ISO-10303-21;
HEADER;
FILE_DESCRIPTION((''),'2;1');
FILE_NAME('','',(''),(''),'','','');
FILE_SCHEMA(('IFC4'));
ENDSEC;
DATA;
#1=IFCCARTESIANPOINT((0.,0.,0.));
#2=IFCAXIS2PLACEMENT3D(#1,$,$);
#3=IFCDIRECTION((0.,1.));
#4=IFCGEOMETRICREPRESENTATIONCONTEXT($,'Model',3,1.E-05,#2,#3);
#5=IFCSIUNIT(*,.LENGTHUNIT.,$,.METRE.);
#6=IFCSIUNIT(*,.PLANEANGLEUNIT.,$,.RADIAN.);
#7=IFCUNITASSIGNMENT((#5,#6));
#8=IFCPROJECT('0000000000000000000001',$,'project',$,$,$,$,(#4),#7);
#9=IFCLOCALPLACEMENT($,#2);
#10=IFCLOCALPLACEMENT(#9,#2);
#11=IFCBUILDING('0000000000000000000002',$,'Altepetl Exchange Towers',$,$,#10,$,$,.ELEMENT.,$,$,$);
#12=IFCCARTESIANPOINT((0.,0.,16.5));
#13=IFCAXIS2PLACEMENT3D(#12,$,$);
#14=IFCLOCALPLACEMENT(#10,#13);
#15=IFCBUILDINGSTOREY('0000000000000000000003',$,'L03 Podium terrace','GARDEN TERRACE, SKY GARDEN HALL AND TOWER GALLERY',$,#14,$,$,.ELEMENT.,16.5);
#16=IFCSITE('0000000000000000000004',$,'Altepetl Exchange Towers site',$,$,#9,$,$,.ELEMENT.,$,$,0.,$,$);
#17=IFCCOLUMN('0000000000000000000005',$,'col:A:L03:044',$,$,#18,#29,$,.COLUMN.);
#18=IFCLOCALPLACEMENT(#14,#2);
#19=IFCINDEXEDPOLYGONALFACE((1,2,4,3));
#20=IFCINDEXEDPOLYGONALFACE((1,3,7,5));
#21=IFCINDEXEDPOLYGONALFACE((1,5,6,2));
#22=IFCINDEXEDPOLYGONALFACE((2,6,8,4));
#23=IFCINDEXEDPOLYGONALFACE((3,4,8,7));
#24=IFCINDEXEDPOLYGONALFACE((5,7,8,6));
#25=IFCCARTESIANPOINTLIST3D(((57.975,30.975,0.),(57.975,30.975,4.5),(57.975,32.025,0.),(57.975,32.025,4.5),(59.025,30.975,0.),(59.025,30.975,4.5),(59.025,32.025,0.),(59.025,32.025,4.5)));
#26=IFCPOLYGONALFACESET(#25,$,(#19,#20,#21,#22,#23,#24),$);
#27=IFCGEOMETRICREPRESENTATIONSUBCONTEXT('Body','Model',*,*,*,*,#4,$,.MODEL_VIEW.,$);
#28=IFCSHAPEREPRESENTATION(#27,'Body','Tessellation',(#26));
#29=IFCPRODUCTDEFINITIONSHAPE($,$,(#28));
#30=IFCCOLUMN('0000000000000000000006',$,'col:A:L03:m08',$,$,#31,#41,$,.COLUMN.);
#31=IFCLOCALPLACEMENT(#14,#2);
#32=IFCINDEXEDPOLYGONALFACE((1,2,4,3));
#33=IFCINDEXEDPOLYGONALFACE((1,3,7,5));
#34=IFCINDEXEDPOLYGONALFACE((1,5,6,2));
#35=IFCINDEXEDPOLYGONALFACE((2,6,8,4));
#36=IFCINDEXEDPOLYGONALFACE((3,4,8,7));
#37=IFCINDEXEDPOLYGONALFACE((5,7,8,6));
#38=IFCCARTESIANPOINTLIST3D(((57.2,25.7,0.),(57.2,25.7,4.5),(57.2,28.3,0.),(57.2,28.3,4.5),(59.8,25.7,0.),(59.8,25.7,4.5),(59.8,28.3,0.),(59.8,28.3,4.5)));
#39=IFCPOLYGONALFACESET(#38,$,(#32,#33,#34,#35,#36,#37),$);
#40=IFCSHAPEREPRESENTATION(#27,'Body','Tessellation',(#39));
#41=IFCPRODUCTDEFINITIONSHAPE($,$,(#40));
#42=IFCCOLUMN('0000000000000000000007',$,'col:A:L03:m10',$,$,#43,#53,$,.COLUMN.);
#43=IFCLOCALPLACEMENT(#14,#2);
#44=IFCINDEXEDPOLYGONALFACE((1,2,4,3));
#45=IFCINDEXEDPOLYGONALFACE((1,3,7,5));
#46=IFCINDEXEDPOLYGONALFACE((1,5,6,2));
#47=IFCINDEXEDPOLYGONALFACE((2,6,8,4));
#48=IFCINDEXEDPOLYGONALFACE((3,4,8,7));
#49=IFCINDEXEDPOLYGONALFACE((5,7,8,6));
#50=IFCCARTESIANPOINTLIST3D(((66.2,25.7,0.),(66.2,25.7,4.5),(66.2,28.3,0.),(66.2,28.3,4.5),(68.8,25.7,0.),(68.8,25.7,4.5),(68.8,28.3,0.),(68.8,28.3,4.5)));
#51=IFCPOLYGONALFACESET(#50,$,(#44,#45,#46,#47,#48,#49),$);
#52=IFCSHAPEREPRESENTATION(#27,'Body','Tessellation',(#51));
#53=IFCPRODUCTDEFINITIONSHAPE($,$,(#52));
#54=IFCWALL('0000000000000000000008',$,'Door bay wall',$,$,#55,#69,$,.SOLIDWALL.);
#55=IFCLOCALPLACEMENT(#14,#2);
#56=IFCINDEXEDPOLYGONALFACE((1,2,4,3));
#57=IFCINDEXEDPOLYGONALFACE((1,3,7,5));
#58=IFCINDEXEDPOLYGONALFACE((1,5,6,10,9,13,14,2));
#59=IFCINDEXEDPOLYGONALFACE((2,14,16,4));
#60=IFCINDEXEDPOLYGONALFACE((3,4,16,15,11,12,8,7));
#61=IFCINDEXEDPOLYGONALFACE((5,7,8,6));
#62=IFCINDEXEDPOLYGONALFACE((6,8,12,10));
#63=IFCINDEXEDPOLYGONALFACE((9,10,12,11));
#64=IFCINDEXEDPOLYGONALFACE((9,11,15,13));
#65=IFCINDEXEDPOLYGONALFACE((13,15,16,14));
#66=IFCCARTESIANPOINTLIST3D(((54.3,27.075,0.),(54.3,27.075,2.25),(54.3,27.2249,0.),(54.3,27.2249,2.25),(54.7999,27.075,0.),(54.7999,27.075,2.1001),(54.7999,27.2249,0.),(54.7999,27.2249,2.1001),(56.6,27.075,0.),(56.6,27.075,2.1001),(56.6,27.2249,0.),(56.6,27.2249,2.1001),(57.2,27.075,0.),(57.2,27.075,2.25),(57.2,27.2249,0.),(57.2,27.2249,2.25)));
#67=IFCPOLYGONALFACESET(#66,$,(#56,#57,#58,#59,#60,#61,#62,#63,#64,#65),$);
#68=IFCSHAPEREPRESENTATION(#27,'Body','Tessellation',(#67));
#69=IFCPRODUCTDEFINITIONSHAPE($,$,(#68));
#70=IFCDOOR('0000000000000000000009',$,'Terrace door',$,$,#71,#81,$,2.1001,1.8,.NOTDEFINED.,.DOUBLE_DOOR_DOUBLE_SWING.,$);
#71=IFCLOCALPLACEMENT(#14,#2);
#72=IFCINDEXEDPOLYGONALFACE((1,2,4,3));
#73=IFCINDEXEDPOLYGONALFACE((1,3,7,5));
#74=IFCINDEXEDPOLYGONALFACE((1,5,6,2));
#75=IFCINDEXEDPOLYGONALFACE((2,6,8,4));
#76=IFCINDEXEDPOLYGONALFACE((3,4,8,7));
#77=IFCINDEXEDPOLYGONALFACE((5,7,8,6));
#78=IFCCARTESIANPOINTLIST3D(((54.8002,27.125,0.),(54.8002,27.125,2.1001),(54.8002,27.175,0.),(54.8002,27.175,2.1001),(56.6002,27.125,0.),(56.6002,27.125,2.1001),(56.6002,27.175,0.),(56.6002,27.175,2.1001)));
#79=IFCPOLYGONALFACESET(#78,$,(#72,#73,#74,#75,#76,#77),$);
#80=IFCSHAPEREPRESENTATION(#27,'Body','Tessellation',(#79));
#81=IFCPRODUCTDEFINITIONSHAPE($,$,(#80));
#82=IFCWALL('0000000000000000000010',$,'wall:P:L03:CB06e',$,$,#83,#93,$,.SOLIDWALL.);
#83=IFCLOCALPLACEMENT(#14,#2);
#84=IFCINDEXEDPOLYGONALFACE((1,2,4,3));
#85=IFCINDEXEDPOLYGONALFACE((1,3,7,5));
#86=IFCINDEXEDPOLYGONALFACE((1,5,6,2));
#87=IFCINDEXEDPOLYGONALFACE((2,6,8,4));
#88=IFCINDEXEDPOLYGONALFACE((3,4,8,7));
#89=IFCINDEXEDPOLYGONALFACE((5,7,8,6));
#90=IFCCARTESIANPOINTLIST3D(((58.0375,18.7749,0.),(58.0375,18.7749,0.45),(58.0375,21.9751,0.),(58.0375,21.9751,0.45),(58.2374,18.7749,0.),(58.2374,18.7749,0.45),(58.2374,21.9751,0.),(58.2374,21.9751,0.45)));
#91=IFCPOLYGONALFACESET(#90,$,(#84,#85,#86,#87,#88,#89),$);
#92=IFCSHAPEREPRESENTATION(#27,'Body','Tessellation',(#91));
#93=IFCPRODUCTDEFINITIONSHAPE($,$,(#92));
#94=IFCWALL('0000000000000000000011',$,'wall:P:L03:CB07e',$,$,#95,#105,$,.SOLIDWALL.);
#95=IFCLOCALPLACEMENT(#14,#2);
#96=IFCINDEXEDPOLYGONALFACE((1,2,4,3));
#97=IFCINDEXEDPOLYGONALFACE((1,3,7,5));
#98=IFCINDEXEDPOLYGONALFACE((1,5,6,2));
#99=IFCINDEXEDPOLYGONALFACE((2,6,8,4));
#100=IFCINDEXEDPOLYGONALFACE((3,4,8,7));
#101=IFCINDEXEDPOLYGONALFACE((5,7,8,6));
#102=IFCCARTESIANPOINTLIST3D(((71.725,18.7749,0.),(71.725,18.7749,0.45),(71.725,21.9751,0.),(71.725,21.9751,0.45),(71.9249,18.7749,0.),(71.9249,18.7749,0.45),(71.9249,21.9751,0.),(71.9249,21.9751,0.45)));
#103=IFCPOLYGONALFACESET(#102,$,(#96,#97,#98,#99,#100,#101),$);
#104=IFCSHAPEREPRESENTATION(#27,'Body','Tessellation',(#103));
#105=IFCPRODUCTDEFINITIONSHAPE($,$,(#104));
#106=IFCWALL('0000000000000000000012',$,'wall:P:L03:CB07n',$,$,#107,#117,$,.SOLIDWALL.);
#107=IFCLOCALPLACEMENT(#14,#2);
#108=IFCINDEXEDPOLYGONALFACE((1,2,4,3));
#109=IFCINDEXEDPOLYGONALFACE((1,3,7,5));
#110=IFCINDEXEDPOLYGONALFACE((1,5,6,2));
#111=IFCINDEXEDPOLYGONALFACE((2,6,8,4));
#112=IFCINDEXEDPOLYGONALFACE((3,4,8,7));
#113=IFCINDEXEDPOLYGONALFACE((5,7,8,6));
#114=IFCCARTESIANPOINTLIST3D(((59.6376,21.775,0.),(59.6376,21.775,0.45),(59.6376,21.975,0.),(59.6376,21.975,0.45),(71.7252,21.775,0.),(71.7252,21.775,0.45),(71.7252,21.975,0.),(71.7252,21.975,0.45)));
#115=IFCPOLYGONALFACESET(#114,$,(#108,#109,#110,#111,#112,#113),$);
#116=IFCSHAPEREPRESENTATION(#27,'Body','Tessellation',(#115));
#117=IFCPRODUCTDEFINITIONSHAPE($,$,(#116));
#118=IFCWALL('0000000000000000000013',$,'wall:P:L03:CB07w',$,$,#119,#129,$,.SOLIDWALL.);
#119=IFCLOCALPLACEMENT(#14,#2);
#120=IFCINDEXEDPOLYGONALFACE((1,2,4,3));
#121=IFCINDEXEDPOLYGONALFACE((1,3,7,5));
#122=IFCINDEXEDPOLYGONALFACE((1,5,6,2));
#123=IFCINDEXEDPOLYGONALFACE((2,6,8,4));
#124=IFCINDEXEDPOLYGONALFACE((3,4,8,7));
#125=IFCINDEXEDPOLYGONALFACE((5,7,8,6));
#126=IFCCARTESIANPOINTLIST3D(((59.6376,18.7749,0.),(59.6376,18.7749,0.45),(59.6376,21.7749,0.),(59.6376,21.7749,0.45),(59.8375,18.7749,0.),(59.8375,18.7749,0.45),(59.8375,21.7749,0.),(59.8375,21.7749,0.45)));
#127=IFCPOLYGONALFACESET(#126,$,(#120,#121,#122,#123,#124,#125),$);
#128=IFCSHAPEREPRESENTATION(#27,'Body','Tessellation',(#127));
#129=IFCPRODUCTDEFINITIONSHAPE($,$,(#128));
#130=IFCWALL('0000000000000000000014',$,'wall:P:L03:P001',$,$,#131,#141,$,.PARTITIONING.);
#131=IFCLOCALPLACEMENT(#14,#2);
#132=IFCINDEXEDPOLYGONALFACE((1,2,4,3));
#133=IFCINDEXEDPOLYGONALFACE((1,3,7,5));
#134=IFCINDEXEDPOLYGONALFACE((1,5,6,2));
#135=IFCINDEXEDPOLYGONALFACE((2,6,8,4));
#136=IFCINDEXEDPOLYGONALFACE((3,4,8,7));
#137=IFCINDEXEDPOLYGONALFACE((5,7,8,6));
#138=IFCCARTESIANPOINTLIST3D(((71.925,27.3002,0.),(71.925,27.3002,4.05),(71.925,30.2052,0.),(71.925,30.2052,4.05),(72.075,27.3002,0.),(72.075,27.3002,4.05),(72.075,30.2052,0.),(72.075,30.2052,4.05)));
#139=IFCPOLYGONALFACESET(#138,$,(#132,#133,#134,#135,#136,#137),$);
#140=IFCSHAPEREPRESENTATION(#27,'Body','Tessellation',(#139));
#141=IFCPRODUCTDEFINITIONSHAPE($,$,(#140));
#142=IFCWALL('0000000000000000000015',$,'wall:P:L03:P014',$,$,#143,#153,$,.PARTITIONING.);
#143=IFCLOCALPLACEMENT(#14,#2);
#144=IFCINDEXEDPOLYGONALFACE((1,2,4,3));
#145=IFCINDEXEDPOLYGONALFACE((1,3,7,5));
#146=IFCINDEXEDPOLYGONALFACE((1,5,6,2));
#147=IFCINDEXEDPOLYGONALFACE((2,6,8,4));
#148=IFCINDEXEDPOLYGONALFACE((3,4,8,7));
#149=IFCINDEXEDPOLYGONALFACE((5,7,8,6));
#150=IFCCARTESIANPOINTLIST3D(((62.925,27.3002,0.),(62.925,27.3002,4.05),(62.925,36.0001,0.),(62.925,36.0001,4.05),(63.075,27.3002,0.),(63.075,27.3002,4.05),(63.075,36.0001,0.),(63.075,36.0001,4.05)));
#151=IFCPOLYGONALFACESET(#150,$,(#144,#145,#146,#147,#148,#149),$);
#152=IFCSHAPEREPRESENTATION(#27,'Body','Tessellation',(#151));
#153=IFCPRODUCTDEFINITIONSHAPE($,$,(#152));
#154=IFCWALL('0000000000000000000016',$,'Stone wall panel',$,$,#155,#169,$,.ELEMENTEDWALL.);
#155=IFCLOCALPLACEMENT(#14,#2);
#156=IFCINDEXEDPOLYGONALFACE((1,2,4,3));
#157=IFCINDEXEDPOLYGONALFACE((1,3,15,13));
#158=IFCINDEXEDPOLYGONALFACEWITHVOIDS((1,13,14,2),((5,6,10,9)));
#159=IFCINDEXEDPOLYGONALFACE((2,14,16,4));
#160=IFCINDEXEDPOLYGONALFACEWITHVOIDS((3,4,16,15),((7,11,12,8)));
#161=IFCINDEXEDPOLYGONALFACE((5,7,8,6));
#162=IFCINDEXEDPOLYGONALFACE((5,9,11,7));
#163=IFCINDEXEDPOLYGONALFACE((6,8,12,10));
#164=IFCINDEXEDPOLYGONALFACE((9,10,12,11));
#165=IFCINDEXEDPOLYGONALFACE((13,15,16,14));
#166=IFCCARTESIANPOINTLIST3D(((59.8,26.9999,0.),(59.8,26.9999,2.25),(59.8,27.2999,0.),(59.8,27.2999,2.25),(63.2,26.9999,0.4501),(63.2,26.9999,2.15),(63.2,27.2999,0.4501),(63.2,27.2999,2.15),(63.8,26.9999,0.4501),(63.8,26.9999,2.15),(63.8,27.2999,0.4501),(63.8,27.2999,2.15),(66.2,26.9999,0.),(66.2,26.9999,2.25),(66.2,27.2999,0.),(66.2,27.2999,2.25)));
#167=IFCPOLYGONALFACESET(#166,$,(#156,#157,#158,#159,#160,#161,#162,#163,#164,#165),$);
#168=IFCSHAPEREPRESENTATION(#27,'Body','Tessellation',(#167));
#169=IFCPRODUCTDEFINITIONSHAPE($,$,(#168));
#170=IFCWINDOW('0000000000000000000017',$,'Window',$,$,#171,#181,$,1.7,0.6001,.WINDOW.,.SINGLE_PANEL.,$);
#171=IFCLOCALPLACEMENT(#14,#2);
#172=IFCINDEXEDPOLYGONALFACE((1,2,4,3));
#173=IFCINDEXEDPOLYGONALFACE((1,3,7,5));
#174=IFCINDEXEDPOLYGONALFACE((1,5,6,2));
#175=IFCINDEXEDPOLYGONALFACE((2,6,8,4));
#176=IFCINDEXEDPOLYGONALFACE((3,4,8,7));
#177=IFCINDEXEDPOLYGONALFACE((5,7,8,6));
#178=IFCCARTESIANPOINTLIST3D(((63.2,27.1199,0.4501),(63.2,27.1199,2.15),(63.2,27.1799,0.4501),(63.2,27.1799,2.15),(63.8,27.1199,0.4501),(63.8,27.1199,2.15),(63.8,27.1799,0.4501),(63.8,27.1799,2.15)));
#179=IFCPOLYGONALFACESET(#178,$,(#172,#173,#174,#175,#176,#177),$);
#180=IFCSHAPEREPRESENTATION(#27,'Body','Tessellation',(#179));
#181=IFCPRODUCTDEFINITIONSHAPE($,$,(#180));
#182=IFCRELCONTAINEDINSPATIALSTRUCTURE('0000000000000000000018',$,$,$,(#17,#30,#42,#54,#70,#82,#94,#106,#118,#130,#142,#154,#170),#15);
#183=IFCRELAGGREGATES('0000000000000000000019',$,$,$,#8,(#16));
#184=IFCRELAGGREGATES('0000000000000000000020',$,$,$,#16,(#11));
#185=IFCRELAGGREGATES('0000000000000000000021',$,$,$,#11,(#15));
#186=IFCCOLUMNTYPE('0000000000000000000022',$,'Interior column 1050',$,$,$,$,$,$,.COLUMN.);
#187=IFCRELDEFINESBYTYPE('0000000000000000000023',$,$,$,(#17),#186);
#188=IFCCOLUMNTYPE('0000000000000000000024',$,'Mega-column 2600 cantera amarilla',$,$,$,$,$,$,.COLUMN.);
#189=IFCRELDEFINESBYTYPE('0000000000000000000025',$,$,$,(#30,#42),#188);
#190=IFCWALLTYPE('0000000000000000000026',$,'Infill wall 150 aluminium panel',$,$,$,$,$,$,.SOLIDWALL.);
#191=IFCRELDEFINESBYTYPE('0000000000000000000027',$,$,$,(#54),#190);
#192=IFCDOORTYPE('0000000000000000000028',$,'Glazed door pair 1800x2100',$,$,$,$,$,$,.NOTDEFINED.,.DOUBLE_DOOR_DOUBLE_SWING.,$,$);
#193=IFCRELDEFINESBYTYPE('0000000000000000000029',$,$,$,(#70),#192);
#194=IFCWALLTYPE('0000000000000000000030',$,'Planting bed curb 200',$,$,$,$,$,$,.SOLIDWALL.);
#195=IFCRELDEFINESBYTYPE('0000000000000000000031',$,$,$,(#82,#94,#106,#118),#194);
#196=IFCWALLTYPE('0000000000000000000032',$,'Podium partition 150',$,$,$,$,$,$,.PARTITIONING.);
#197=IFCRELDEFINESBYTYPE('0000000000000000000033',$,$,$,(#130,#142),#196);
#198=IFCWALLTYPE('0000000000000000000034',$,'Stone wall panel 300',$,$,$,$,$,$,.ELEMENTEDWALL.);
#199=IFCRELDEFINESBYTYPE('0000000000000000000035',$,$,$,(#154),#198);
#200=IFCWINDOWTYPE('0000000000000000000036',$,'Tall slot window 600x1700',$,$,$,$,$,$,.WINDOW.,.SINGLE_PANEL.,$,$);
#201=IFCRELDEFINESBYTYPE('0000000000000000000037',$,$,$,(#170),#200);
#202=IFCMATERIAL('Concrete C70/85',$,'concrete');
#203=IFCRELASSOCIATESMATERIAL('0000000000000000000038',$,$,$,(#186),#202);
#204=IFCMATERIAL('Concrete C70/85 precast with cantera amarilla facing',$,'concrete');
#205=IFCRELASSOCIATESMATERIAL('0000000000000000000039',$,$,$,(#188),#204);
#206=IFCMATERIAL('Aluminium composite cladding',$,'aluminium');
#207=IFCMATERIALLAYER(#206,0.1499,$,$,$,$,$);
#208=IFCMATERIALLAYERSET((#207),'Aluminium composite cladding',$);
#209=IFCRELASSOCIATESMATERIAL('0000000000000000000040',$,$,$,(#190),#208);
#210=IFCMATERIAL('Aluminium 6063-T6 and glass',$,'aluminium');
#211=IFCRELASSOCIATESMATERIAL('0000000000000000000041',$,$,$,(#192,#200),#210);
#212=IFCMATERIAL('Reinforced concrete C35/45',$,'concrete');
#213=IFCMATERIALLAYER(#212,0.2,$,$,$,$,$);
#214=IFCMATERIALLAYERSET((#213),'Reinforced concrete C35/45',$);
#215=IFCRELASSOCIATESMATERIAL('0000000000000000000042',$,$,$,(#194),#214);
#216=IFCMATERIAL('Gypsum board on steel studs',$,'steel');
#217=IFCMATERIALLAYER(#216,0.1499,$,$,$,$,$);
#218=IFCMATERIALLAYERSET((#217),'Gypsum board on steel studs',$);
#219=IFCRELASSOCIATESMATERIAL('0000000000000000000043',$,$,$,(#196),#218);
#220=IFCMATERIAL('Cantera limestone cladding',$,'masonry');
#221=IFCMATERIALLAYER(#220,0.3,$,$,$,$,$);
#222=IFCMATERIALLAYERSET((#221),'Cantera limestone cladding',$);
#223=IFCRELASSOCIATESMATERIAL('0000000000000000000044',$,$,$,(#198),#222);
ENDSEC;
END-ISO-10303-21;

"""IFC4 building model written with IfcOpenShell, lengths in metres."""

from ifc_helpers import new_model, si_unit, direction, frame, frame_2d, origin, origin_2d, place, context, subcontext, project, spatial, rectangle, extrude, material, layer, layer_set, material_profile, profile_set, type_object, element, fill, save


model = new_model("IFC4")

# Units and contexts
model_context = context("Model", 3, precision=1e-05, world=origin(), true_north=direction((0.0, 1.0)))
body_context = subcontext(model_context, "Body", "Model", "MODEL_VIEW")
ifc_project = project(units=[si_unit("LENGTHUNIT", "METRE"), si_unit("PLANEANGLEUNIT", "RADIAN")], contexts=[model_context])

# Site, building, storey
site_placement = place(None, origin())
site = spatial("IfcSite", under=ifc_project, at=site_placement, Name="Altepetl Exchange Towers site", CompositionType="ELEMENT", RefElevation=0.0)
building_placement = place(site_placement, origin())
building = spatial("IfcBuilding", under=site, at=building_placement, Name="Altepetl Exchange Towers", CompositionType="ELEMENT")
storey_placement = place(building_placement, frame((0.0, 0.0, 16.5)))
storey = spatial("IfcBuildingStorey", under=building, at=storey_placement, Name="L03 Podium terrace", Description="GARDEN TERRACE, SKY GARDEN HALL AND TOWER GALLERY", CompositionType="ELEMENT", Elevation=16.5)

# Columns
ifc_material_1 = material(Name="Concrete C70/85", Category="concrete")
ifc_material_profile_1 = material_profile(ifc_material_1, rectangle(XDim=1.05, YDim=1.05, at=origin_2d()), Name="1050 x 1050")
ifc_profile_set_1 = profile_set([ifc_material_profile_1], Name="Concrete C70/85")
column_type_1 = type_object("IfcColumnType", Name="Interior column 1050", PredefinedType="COLUMN", material=ifc_profile_set_1)
column_placement = place(storey_placement, frame((58.5, 31.5, 0.0)))
element("IfcColumn", 1, at=column_placement, inside=storey, type_object=column_type_1, Name="col:A:L03:044", PredefinedType="COLUMN", context=body_context, shape_type="SweptSolid", body=[
    extrude(rectangle(XDim=1.05, YDim=1.05, at=origin_2d()), origin(), (0.0, 0.0, 1.0), 4.5),
])
ifc_material_2 = material(Name="Concrete C70/85 precast with cantera amarilla facing", Category="concrete")
ifc_material_profile_2 = material_profile(ifc_material_2, rectangle(XDim=2.6001, YDim=2.6001, at=origin_2d()), Name="2600 x 2600")
ifc_profile_set_2 = profile_set([ifc_material_profile_2], Name="Concrete C70/85 precast with cantera amarilla facing")
column_type_2 = type_object("IfcColumnType", Name="Mega-column 2600 cantera amarilla", PredefinedType="COLUMN", material=ifc_profile_set_2)
for number, where, name in (
    (2, (58.5, 27.0, 0.0), "col:A:L03:m08"),
    (3, (67.5, 27.0, 0.0), "col:A:L03:m10"),
):
    element("IfcColumn", number, at=place(storey_placement, frame(where)), inside=storey, type_object=column_type_2, Name=name, PredefinedType="COLUMN", context=body_context, shape_type="SweptSolid", body=[
        extrude(rectangle(XDim=2.6001, YDim=2.6001, at=origin_2d()), origin(), (0.0, 0.0, 1.0), 4.5),
    ])

# Wall, opening, door
ifc_material_3 = material(Name="Aluminium composite cladding", Category="aluminium")
ifc_layer_1 = layer(ifc_material_3, 0.1499)
ifc_layer_set_1 = layer_set([ifc_layer_1], Name="Aluminium composite cladding")
wall_type_1 = type_object("IfcWallType", Name="Infill wall 150 aluminium panel", PredefinedType="SOLIDWALL", material=ifc_layer_set_1)
wall_1_placement = place(storey_placement, frame((54.3, 27.1499, 0.0)))
wall_1 = element("IfcWall", 4, at=wall_1_placement, inside=storey, type_object=wall_type_1, Name="Door bay wall", PredefinedType="SOLIDWALL", context=body_context, shape_type="SweptSolid", body=[
    extrude(rectangle(XDim=2.8999, YDim=0.1499, at=frame_2d((1.45, 0.0))), origin(), (0.0, 0.0, 1.0), 2.25),
])
opening_1_placement = place(wall_1_placement, frame((0.5, 0.0, 0.0)))
opening_1 = element("IfcOpeningElement", 5, at=opening_1_placement, cuts=wall_1, PredefinedType="OPENING", context=body_context, shape_type="SweptSolid", body=[
    extrude(rectangle(XDim=1.8, YDim=2.1001, at=frame_2d((0.8999, 1.05))), frame((0.0, 0.085, 0.0), z_axis=(0.0, -1.0, 0.0), x_axis=(1.0, 0.0, 0.0)), (0.0, 0.0, 1.0), 0.1699),
])
ifc_material_4 = material(Name="Aluminium 6063-T6 and glass", Category="aluminium")
door_type = type_object("IfcDoorType", Name="Glazed door pair 1800x2100", OperationType="DOUBLE_DOOR_DOUBLE_SWING", PredefinedType="NOTDEFINED", material=ifc_material_4)
door_placement = place(opening_1_placement, frame((1.8, 0.0, 0.0), x_axis=(-1.0, 0.0, 0.0)))
door = element("IfcDoor", 6, at=door_placement, inside=storey, type_object=door_type, Name="Terrace door", OperationType="DOUBLE_DOOR_DOUBLE_SWING", OverallHeight=2.1001, OverallWidth=1.8, PredefinedType="NOTDEFINED", context=body_context, shape_type="SweptSolid", body=[
    extrude(rectangle(XDim=1.8, YDim=2.1001, at=frame_2d((0.8999, 1.05))), frame((0.0, 0.0249, 0.0), z_axis=(0.0, -1.0, 0.0), x_axis=(1.0, 0.0, 0.0)), (0.0, 0.0, 1.0), 0.05),
])
fill(opening_1, door)

# Walls
ifc_material_5 = material(Name="Reinforced concrete C35/45", Category="concrete")
ifc_layer_2 = layer(ifc_material_5, 0.2)
ifc_layer_set_2 = layer_set([ifc_layer_2], Name="Reinforced concrete C35/45")
wall_type_2 = type_object("IfcWallType", Name="Planting bed curb 200", PredefinedType="SOLIDWALL", material=ifc_layer_set_2)
for number, where, z_axis, x_axis, name in (
    (7, (58.1375, 18.7749, 0.0), (0.0, 0.0, 1.0), (0.0, 1.0, 0.0), "wall:P:L03:CB06e"),
    (8, (71.825, 18.7749, 0.0), (0.0, 0.0, 1.0), (0.0, 1.0, 0.0), "wall:P:L03:CB07e"),
):
    element("IfcWall", number, at=place(storey_placement, frame(where, z_axis=z_axis, x_axis=x_axis)), inside=storey, type_object=wall_type_2, Name=name, PredefinedType="SOLIDWALL", context=body_context, shape_type="SweptSolid", body=[
        extrude(rectangle(XDim=3.2002, YDim=0.2, at=frame_2d((1.6001, 0.0))), origin(), (0.0, 0.0, 1.0), 0.45),
    ])
wall_2_placement = place(storey_placement, frame((59.6375, 21.875, 0.0)))
element("IfcWall", 9, at=wall_2_placement, inside=storey, type_object=wall_type_2, Name="wall:P:L03:CB07n", PredefinedType="SOLIDWALL", context=body_context, shape_type="SweptSolid", body=[
    extrude(rectangle(XDim=12.0876, YDim=0.2, at=frame_2d((6.0439, 0.0))), origin(), (0.0, 0.0, 1.0), 0.45),
])
wall_3_placement = place(storey_placement, frame((59.7375, 18.7749, 0.0), z_axis=(0.0, 0.0, 1.0), x_axis=(0.0, 1.0, 0.0)))
element("IfcWall", 10, at=wall_3_placement, inside=storey, type_object=wall_type_2, Name="wall:P:L03:CB07w", PredefinedType="SOLIDWALL", context=body_context, shape_type="SweptSolid", body=[
    extrude(rectangle(XDim=3.0, YDim=0.2, at=frame_2d((1.5, 0.0))), origin(), (0.0, 0.0, 1.0), 0.45),
])
ifc_material_6 = material(Name="Gypsum board on steel studs", Category="steel")
ifc_layer_3 = layer(ifc_material_6, 0.1499)
ifc_layer_set_3 = layer_set([ifc_layer_3], Name="Gypsum board on steel studs")
wall_type_3 = type_object("IfcWallType", Name="Podium partition 150", PredefinedType="PARTITIONING", material=ifc_layer_set_3)
wall_4_placement = place(storey_placement, frame((72.0, 27.3, 0.0), z_axis=(0.0, 0.0, 1.0), x_axis=(0.0, 1.0, 0.0)))
element("IfcWall", 11, at=wall_4_placement, inside=storey, type_object=wall_type_3, Name="wall:P:L03:P001", PredefinedType="PARTITIONING", context=body_context, shape_type="SweptSolid", body=[
    extrude(rectangle(XDim=2.905, YDim=0.1499, at=frame_2d((1.4526, 0.0))), origin(), (0.0, 0.0, 1.0), 4.05),
])
wall_5_placement = place(storey_placement, frame((63.0, 27.3, 0.0), z_axis=(0.0, 0.0, 1.0), x_axis=(0.0, 1.0, 0.0)))
element("IfcWall", 12, at=wall_5_placement, inside=storey, type_object=wall_type_3, Name="wall:P:L03:P014", PredefinedType="PARTITIONING", context=body_context, shape_type="SweptSolid", body=[
    extrude(rectangle(XDim=8.7, YDim=0.1499, at=frame_2d((4.3501, 0.0))), origin(), (0.0, 0.0, 1.0), 4.05),
])

# Wall, opening, window
ifc_material_7 = material(Name="Cantera limestone cladding", Category="masonry")
ifc_layer_4 = layer(ifc_material_7, 0.3)
ifc_layer_set_4 = layer_set([ifc_layer_4], Name="Cantera limestone cladding")
wall_type_4 = type_object("IfcWallType", Name="Stone wall panel 300", PredefinedType="ELEMENTEDWALL", material=ifc_layer_set_4)
wall_6_placement = place(storey_placement, frame((59.8, 27.1499, 0.0)))
wall_6 = element("IfcWall", 13, at=wall_6_placement, inside=storey, type_object=wall_type_4, Name="Stone wall panel", PredefinedType="ELEMENTEDWALL", context=body_context, shape_type="SweptSolid", body=[
    extrude(rectangle(XDim=6.3999, YDim=0.3, at=frame_2d((3.2, 0.0))), origin(), (0.0, 0.0, 1.0), 2.25),
])
opening_2_placement = place(wall_6_placement, frame((3.3999, 0.0, 0.45)))
opening_2 = element("IfcOpeningElement", 14, at=opening_2_placement, cuts=wall_6, PredefinedType="OPENING", context=body_context, shape_type="SweptSolid", body=[
    extrude(rectangle(XDim=0.6001, YDim=1.7, at=frame_2d((0.3, 0.8501))), frame((0.0, 0.1602, 0.0), z_axis=(0.0, -1.0, 0.0), x_axis=(1.0, 0.0, 0.0)), (0.0, 0.0, 1.0), 0.3201),
])
window_type_1 = type_object("IfcWindowType", Name="Tall slot window 600x1700", PartitioningType="SINGLE_PANEL", PredefinedType="WINDOW", material=ifc_material_4)
window_1_placement = place(opening_2_placement, origin())
window_1 = element("IfcWindow", 15, at=window_1_placement, inside=storey, type_object=window_type_1, Name="Window", OverallHeight=1.7, OverallWidth=0.6001, PartitioningType="SINGLE_PANEL", PredefinedType="WINDOW", context=body_context, shape_type="SweptSolid", body=[
    extrude(rectangle(XDim=0.6001, YDim=1.7, at=frame_2d((0.3, 0.8501))), frame((0.0, 0.03, 0.0), z_axis=(0.0, -1.0, 0.0), x_axis=(1.0, 0.0, 0.0)), (0.0, 0.0, 1.0), 0.0601),
])
fill(opening_2, window_1)

save(model, "model.ifc")
